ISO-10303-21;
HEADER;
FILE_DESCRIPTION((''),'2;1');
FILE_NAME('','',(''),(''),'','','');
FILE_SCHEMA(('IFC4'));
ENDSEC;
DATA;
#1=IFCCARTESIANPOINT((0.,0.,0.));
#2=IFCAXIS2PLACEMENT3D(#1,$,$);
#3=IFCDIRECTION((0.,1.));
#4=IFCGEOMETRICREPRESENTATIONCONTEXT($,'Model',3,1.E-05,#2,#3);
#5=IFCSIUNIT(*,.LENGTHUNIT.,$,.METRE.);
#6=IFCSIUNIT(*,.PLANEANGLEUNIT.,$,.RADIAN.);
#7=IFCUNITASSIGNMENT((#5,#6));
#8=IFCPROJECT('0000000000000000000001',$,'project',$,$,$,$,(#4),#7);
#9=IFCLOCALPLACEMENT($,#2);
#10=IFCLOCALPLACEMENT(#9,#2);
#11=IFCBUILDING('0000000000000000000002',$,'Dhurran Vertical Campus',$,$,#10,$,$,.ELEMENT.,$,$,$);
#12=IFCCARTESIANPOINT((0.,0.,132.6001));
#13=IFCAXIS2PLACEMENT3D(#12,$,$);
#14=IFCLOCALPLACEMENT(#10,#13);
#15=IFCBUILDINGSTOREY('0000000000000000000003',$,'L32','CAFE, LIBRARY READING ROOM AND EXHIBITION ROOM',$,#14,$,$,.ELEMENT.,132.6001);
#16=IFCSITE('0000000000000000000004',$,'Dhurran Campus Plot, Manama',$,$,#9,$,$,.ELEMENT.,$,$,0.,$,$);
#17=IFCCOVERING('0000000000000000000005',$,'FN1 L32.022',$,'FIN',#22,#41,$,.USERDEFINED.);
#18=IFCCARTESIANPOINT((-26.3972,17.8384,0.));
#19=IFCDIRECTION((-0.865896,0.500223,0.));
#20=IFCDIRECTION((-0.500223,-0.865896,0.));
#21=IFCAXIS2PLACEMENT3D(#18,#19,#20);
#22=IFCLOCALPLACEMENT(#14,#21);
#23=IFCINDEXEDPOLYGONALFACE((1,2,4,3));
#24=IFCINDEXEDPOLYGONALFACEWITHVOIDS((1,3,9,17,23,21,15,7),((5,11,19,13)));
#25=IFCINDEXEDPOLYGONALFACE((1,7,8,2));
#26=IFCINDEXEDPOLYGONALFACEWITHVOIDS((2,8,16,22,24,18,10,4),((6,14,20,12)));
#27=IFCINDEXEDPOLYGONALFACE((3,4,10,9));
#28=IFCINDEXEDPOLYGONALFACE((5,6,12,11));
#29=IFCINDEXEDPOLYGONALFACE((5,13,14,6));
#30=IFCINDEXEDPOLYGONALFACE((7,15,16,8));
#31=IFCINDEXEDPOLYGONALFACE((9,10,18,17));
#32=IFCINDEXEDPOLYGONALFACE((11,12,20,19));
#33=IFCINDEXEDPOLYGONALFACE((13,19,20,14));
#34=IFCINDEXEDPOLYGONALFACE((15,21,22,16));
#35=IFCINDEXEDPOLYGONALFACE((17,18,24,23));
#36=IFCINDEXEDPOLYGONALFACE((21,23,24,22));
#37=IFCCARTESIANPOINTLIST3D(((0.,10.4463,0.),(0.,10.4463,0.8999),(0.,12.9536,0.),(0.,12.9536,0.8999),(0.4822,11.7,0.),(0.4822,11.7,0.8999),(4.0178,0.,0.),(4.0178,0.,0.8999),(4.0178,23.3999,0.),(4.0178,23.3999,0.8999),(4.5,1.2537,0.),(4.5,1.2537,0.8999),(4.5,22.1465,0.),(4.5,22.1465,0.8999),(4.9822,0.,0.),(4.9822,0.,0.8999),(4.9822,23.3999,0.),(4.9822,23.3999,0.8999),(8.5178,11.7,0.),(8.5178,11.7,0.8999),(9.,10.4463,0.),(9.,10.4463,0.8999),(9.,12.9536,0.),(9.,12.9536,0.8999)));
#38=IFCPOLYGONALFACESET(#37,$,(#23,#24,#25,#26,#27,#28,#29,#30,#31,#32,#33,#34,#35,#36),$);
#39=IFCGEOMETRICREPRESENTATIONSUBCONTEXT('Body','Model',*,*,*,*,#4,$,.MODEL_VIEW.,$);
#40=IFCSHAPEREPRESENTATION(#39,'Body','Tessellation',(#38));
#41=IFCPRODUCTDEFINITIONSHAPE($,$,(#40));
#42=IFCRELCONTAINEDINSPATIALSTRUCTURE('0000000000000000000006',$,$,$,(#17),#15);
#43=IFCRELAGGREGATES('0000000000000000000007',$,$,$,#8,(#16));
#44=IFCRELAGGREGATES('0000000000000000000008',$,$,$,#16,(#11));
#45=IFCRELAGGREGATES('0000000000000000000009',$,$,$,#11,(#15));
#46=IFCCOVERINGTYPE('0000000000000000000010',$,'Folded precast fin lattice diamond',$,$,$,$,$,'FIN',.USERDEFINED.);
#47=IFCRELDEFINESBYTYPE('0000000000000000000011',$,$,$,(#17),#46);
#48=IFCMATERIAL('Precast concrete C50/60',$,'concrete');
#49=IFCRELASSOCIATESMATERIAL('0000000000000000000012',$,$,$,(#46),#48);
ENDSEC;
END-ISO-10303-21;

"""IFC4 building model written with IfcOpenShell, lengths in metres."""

from ifc_helpers import new_model, si_unit, direction, frame, origin, place, context, subcontext, project, spatial, polyline, outline, extrude, material, type_object, element, save


model = new_model("IFC4")

# Units and contexts
model_context = context("Model", 3, precision=1e-05, world=origin(), true_north=direction((0.0, 1.0)))
body_context = subcontext(model_context, "Body", "Model", "MODEL_VIEW")
ifc_project = project(units=[si_unit("LENGTHUNIT", "METRE"), si_unit("PLANEANGLEUNIT", "RADIAN")], contexts=[model_context])

# Site, building, storey
site_placement = place(None, origin())
site = spatial("IfcSite", under=ifc_project, at=site_placement, Name="Dhurran Campus Plot, Manama", CompositionType="ELEMENT", RefElevation=0.0)
building_placement = place(site_placement, origin())
building = spatial("IfcBuilding", under=site, at=building_placement, Name="Dhurran Vertical Campus", CompositionType="ELEMENT")
storey_placement = place(building_placement, frame((0.0, 0.0, 132.6001)))
storey = spatial("IfcBuildingStorey", under=building, at=storey_placement, Name="L32", Description="CAFE, LIBRARY READING ROOM AND EXHIBITION ROOM", CompositionType="ELEMENT", Elevation=132.6001)

# Covering
ifc_material_1 = material(Name="Precast concrete C50/60", Category="concrete")
covering_type = type_object("IfcCoveringType", Name="Folded precast fin lattice diamond", ElementType="FIN", PredefinedType="USERDEFINED", material=ifc_material_1)
covering_placement = place(storey_placement, frame((-26.3972, 17.8384, 0.0), z_axis=(-0.865896, 0.500223, 0.0), x_axis=(-0.500223, -0.865896, 0.0)))
element("IfcCovering", 1, at=covering_placement, inside=storey, type_object=covering_type, Name="FN1 L32.022", ObjectType="FIN", PredefinedType="USERDEFINED", context=body_context, shape_type="SweptSolid", body=[
    extrude(outline(polyline([(9.0, 12.9536), (9.0, 10.4463), (4.9822, 0.0), (4.0178, 0.0), (0.0, 10.4463), (0.0, 12.9536), (4.0178, 23.3999), (4.9822, 23.3999), (9.0, 12.9536)]), holes=[polyline([(8.5178, 11.7), (4.5, 22.1465), (0.4822, 11.7), (4.5, 1.2537), (8.5178, 11.7)])]), origin(), (0.0, 0.0, 1.0), 0.8999),
])

save(model, "model.ifc")
